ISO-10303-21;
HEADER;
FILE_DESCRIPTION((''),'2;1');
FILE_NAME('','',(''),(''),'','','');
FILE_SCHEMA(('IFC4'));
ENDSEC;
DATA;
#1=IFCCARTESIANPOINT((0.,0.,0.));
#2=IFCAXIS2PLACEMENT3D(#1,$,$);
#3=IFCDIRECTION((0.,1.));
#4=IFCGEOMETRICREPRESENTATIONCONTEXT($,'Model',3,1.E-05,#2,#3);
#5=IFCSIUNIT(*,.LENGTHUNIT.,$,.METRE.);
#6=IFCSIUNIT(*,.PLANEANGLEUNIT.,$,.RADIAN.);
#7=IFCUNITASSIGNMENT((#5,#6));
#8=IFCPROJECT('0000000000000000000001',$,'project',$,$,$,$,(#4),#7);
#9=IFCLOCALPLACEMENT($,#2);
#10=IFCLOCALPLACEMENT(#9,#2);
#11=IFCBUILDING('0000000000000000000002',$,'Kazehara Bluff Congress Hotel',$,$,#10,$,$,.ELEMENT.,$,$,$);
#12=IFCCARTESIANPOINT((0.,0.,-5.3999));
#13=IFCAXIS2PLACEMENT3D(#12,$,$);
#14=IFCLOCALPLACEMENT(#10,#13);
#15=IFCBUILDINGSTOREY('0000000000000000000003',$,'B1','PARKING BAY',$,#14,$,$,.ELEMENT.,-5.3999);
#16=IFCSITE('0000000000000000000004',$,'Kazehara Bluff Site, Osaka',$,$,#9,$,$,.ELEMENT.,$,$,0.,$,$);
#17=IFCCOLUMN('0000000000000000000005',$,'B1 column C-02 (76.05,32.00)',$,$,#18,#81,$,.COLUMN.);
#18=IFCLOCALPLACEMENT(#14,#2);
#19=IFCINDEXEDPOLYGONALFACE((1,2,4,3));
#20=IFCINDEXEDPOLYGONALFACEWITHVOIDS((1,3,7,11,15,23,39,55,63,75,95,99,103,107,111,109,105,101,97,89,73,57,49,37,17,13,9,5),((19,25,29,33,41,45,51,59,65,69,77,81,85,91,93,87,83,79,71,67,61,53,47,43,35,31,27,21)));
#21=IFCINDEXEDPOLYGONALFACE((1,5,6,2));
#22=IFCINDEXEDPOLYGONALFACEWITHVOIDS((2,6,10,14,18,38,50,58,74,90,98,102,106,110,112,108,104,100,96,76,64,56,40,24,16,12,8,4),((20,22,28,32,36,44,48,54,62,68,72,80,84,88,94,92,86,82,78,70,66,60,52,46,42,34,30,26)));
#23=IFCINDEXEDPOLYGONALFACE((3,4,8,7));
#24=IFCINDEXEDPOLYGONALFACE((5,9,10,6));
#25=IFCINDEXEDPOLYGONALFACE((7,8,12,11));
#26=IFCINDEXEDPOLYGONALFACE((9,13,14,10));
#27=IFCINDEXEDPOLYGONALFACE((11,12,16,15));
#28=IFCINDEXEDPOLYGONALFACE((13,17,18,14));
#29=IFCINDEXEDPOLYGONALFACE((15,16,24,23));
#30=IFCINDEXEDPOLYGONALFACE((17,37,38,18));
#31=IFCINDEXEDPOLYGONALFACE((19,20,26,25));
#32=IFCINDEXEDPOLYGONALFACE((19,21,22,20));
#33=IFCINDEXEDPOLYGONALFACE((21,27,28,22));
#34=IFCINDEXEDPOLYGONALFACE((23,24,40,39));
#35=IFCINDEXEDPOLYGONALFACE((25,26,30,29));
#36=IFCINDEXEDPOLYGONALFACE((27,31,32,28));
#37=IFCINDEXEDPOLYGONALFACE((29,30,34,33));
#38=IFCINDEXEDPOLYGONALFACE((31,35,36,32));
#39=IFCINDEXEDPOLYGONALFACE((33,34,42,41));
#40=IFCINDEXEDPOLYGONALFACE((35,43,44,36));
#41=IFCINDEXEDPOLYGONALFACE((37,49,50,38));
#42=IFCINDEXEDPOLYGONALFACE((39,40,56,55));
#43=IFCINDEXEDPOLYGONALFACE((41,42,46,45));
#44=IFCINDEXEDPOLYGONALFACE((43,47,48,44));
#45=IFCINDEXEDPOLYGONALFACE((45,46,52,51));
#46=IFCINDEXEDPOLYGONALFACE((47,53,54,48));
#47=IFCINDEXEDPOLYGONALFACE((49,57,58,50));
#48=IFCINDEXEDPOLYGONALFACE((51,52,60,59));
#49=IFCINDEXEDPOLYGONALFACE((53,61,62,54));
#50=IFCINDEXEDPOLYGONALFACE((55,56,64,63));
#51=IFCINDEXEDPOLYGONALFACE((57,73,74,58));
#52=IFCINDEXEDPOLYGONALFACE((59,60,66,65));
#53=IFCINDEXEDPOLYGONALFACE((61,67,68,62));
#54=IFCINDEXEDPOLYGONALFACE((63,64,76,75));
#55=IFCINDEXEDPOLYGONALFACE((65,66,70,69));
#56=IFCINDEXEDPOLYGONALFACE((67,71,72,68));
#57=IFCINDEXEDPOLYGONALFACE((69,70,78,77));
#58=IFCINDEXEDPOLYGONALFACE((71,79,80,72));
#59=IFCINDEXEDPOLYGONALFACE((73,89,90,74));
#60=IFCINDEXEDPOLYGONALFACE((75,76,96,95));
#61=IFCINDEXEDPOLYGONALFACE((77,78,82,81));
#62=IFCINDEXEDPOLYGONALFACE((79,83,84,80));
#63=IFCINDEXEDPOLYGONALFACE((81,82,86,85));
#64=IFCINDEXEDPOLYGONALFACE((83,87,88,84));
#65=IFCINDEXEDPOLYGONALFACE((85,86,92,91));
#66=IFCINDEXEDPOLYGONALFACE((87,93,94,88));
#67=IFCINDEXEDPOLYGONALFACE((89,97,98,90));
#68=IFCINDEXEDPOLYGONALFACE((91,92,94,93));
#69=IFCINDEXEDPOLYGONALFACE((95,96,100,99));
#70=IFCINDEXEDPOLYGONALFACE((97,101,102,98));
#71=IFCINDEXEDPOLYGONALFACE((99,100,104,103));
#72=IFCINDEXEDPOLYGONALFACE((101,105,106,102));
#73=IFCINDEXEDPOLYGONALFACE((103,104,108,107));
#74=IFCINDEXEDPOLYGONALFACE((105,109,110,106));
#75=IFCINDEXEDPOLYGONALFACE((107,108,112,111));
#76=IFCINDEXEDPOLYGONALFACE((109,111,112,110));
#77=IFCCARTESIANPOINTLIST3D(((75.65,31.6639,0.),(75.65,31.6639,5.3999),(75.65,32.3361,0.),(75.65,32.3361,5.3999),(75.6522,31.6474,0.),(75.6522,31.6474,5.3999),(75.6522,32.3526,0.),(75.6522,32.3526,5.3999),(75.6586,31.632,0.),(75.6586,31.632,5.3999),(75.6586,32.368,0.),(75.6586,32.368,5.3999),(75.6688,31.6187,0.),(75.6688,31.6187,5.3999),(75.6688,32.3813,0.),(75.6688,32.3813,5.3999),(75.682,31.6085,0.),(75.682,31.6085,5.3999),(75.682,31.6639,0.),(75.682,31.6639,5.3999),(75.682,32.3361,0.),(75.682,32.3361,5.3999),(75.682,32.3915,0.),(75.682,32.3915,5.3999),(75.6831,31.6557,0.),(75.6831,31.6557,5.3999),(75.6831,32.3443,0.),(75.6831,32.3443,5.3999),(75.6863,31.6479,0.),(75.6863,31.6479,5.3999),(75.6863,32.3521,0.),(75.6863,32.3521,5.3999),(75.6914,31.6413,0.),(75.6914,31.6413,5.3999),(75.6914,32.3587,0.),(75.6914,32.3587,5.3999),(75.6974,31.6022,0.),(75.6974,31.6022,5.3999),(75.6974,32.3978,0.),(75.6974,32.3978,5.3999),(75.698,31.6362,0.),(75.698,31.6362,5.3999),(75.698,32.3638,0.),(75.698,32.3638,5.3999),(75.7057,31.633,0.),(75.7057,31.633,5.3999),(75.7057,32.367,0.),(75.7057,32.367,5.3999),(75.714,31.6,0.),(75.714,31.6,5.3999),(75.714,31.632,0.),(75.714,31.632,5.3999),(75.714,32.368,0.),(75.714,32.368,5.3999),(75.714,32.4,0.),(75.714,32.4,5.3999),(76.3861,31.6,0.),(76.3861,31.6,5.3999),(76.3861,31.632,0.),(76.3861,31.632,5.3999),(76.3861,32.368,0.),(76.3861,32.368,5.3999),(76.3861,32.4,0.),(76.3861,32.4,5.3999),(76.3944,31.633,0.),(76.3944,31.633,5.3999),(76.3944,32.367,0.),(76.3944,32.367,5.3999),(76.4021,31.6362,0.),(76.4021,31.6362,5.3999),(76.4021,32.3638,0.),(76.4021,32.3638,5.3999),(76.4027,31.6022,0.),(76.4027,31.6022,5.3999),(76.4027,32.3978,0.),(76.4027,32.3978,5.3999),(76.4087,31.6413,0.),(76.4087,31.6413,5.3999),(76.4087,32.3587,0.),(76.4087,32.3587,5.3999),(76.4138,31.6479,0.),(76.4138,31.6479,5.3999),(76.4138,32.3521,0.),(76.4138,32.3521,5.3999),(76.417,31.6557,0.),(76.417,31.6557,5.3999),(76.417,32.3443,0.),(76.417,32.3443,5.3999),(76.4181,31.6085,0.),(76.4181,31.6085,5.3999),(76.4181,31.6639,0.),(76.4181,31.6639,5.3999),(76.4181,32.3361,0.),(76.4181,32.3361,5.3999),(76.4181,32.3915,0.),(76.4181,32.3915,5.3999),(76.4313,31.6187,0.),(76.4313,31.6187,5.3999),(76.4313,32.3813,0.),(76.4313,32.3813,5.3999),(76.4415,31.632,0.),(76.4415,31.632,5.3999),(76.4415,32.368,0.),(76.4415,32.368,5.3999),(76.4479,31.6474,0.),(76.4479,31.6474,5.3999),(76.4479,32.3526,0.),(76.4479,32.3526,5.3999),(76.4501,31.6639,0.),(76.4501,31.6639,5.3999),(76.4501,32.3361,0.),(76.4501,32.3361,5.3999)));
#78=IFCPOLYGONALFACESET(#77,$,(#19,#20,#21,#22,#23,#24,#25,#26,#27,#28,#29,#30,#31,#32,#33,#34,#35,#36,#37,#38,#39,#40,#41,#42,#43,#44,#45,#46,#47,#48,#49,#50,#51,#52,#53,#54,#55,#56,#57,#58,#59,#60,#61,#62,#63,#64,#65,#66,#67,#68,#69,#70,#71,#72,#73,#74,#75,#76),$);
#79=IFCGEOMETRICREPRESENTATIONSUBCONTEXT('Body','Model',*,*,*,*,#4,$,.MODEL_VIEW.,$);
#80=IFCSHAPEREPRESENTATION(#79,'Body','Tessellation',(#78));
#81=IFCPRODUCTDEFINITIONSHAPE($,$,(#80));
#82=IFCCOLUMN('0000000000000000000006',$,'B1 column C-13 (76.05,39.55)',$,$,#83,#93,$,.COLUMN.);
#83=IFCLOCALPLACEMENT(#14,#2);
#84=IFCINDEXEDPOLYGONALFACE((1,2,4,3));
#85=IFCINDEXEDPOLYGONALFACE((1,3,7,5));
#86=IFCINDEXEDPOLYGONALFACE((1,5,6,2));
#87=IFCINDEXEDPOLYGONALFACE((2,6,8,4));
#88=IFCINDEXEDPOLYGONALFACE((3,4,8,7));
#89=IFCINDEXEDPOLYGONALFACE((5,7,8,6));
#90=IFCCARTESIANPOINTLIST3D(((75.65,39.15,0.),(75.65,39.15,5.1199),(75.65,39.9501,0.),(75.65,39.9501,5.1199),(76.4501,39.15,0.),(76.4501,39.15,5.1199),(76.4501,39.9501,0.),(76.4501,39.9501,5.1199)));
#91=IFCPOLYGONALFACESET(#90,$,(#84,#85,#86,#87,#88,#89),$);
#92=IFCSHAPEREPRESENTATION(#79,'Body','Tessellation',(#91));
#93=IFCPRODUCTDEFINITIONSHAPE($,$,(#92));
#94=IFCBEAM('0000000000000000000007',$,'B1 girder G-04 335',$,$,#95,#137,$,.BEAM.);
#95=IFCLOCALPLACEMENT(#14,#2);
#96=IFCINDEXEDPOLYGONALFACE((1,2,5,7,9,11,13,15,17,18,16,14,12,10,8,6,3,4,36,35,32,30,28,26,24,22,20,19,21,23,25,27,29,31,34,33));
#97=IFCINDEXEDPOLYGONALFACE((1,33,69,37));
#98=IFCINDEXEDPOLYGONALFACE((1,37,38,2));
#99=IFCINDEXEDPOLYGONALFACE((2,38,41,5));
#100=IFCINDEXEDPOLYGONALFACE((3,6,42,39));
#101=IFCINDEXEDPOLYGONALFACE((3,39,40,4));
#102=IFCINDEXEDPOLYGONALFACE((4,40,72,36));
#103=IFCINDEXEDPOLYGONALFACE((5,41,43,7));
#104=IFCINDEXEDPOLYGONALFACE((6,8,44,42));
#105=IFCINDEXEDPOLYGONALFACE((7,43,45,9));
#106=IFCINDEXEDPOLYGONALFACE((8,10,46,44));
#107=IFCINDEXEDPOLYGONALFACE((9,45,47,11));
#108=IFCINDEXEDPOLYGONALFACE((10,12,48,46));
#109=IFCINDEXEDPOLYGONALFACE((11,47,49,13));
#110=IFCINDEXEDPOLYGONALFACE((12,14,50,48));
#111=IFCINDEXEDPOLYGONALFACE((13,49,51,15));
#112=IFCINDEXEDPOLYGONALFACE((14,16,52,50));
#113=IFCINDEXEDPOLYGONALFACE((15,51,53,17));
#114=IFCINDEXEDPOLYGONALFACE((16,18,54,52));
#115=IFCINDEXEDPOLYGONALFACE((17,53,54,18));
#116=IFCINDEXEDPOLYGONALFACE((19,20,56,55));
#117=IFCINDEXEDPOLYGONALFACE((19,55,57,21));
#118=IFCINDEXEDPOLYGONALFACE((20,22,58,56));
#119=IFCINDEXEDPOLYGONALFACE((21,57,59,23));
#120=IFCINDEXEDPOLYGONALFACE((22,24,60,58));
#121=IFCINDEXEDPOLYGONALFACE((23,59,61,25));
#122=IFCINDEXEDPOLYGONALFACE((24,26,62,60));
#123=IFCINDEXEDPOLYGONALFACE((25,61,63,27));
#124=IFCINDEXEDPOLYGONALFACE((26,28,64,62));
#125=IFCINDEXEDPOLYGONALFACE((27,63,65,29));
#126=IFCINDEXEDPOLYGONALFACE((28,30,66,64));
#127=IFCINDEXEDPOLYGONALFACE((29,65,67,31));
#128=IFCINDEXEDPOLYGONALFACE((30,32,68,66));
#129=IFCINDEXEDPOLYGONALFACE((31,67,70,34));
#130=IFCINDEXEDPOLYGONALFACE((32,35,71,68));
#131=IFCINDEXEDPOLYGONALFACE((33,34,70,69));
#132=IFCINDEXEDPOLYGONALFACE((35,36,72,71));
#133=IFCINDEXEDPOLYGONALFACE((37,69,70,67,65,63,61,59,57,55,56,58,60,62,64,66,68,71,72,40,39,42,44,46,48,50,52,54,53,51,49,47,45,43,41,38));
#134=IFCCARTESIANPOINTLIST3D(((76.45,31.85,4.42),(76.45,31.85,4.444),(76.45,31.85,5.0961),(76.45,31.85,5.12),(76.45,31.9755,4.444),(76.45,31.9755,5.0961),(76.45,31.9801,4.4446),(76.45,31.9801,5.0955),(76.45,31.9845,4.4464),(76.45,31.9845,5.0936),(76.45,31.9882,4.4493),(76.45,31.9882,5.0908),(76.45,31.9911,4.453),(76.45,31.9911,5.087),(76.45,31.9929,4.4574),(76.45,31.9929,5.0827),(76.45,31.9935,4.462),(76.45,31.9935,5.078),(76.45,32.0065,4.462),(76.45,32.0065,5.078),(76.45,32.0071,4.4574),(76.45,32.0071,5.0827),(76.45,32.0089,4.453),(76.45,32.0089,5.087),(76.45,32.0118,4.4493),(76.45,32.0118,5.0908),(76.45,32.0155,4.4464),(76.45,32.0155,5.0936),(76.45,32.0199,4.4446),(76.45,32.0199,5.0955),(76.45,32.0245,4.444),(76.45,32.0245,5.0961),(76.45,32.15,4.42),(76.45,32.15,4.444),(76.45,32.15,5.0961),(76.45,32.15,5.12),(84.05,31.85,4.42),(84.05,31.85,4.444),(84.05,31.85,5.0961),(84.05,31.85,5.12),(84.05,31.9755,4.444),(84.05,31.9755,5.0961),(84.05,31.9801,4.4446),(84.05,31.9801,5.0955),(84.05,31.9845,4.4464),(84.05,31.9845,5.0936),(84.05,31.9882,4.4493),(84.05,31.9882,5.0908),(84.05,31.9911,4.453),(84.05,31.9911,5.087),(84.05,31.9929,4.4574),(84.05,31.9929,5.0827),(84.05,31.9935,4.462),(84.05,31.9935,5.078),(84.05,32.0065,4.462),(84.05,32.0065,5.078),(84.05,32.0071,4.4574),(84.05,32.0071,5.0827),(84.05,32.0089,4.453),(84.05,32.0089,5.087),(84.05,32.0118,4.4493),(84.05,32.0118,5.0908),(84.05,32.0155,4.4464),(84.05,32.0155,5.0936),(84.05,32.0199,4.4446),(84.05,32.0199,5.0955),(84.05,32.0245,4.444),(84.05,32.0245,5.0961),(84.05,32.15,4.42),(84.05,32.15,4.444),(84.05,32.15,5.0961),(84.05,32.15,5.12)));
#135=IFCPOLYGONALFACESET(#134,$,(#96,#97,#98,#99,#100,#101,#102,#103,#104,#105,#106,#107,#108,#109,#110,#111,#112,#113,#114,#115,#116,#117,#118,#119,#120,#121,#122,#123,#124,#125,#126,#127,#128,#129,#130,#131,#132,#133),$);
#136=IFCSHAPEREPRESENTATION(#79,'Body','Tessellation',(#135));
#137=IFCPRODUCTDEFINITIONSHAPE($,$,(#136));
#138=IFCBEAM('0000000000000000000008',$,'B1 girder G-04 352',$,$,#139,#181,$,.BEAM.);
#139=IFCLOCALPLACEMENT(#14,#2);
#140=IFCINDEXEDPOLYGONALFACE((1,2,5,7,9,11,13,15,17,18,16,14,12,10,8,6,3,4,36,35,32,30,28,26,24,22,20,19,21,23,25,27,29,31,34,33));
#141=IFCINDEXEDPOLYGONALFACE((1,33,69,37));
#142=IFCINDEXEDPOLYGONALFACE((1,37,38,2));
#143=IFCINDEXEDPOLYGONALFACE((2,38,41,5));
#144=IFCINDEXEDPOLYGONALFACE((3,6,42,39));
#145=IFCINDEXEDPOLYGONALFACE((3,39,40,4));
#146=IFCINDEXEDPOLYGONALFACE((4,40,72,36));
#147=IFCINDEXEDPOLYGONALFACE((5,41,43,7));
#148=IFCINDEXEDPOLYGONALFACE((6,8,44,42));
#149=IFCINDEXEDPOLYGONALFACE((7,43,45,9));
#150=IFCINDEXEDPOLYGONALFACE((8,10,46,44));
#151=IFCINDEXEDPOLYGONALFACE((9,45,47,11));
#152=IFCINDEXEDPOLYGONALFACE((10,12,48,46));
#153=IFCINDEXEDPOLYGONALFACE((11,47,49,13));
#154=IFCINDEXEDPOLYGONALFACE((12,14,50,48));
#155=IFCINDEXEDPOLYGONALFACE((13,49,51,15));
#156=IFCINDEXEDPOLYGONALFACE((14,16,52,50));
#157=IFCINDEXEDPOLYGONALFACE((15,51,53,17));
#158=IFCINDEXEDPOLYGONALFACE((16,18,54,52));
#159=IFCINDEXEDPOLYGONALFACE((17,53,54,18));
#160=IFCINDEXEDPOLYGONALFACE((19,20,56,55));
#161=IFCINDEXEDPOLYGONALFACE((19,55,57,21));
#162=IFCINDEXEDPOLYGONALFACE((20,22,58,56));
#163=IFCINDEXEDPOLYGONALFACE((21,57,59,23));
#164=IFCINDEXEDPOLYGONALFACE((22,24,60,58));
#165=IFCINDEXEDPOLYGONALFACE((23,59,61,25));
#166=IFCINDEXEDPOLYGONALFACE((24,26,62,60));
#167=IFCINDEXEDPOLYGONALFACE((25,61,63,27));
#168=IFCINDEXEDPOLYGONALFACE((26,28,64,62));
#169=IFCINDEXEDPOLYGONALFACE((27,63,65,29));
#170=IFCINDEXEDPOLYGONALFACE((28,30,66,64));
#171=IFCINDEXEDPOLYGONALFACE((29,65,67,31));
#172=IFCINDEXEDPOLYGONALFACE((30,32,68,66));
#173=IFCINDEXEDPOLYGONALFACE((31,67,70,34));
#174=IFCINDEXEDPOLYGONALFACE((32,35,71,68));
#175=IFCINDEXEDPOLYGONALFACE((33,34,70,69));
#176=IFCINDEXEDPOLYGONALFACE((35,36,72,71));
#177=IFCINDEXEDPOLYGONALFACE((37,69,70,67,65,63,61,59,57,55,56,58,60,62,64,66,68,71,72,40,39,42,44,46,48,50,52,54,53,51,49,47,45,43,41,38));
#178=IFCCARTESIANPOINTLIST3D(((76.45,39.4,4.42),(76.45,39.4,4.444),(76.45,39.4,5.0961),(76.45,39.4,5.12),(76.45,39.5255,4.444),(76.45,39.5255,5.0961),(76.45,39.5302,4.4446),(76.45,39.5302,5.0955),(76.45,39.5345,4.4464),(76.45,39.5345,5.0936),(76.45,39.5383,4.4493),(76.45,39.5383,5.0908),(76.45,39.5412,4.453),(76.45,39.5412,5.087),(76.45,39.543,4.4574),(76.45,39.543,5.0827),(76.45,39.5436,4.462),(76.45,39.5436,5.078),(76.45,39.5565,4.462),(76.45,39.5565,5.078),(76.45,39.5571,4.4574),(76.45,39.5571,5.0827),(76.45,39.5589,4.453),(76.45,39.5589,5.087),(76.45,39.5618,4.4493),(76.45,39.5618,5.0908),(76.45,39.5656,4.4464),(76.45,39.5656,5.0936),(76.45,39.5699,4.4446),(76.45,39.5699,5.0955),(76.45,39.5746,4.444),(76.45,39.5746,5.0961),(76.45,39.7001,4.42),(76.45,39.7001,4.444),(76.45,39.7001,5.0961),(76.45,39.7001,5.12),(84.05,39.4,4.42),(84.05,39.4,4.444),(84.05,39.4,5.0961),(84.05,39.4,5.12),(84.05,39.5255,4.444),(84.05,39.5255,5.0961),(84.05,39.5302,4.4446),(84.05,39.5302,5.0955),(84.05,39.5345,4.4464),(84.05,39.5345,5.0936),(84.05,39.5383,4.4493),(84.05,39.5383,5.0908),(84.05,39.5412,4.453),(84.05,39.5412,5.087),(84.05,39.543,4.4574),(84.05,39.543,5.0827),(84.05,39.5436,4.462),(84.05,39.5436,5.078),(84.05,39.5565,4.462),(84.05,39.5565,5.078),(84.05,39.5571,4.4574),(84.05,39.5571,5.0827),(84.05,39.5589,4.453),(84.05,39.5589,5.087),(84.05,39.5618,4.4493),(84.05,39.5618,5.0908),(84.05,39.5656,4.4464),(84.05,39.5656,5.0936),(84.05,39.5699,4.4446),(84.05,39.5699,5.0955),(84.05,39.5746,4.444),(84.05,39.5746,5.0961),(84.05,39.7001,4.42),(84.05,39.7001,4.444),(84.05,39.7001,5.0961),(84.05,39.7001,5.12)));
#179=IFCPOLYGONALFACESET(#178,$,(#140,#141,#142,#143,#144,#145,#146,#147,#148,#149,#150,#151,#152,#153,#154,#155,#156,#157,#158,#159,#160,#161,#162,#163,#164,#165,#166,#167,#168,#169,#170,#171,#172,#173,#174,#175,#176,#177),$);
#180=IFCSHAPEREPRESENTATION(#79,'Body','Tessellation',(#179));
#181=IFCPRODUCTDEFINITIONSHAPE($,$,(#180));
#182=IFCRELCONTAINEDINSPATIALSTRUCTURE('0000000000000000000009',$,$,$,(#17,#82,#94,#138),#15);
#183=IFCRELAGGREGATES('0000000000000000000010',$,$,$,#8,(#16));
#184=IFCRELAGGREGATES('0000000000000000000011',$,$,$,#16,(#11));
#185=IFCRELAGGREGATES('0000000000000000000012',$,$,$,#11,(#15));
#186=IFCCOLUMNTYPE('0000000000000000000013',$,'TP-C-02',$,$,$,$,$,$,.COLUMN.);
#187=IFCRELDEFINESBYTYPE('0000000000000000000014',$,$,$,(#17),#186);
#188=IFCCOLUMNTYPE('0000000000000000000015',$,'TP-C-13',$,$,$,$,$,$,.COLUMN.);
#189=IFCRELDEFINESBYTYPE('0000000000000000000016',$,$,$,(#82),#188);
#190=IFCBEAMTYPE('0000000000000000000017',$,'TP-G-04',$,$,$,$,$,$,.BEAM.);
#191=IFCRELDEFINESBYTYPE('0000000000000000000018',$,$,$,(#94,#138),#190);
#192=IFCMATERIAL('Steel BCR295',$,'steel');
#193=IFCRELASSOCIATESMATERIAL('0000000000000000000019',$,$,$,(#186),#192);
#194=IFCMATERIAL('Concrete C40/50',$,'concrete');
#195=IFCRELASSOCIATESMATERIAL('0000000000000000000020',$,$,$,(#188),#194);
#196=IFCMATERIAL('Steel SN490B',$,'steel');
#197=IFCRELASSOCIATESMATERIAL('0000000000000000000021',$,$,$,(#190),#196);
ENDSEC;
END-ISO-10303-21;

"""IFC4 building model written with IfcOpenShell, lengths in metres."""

from ifc_helpers import new_model, si_unit, direction, frame, origin, origin_2d, place, context, subcontext, project, spatial, rectangle, hollow_rectangle, i_section, extrude, material, material_profile, profile_set, type_object, element, save


model = new_model("IFC4")

# Units and contexts
model_context = context("Model", 3, precision=1e-05, world=origin(), true_north=direction((0.0, 1.0)))
body_context = subcontext(model_context, "Body", "Model", "MODEL_VIEW")
ifc_project = project(units=[si_unit("LENGTHUNIT", "METRE"), si_unit("PLANEANGLEUNIT", "RADIAN")], contexts=[model_context])

# Site, building, storey
site_placement = place(None, origin())
site = spatial("IfcSite", under=ifc_project, at=site_placement, Name="Kazehara Bluff Site, Osaka", CompositionType="ELEMENT", RefElevation=0.0)
building_placement = place(site_placement, origin())
building = spatial("IfcBuilding", under=site, at=building_placement, Name="Kazehara Bluff Congress Hotel", CompositionType="ELEMENT")
storey_placement = place(building_placement, frame((0.0, 0.0, -5.3999)))
storey = spatial("IfcBuildingStorey", under=building, at=storey_placement, Name="B1", Description="PARKING BAY", CompositionType="ELEMENT", Elevation=-5.3999)

# Columns
ifc_material_1 = material(Name="Steel BCR295", Category="steel")
ifc_material_profile_1 = material_profile(ifc_material_1, hollow_rectangle(XDim=0.8, YDim=0.8, WallThickness=0.032, InnerFilletRadius=0.032, OuterFilletRadius=0.064, at=origin_2d()))
ifc_profile_set_1 = profile_set([ifc_material_profile_1], Name="Steel BCR295")
column_type_1 = type_object("IfcColumnType", Name="TP-C-02", PredefinedType="COLUMN", material=ifc_profile_set_1)
column_1_placement = place(storey_placement, frame((76.05, 32.0, 0.0), z_axis=(0.0, 0.0, 1.0), x_axis=(1.0, 0.0, 0.0)))
element("IfcColumn", 1, at=column_1_placement, inside=storey, type_object=column_type_1, Name="B1 column C-02 (76.05,32.00)", PredefinedType="COLUMN", context=body_context, shape_type="SweptSolid", body=[
    extrude(hollow_rectangle(XDim=0.8, YDim=0.8, WallThickness=0.032, InnerFilletRadius=0.032, OuterFilletRadius=0.064, at=origin_2d()), origin(), (0.0, 0.0, 1.0), 5.3999),
])
ifc_material_2 = material(Name="Concrete C40/50", Category="concrete")
ifc_material_profile_2 = material_profile(ifc_material_2, rectangle(XDim=0.8, YDim=0.8, at=origin_2d()))
ifc_profile_set_2 = profile_set([ifc_material_profile_2], Name="Concrete C40/50")
column_type_2 = type_object("IfcColumnType", Name="TP-C-13", PredefinedType="COLUMN", material=ifc_profile_set_2)
column_2_placement = place(storey_placement, frame((76.05, 39.55, 0.0), z_axis=(0.0, 0.0, 1.0), x_axis=(1.0, 0.0, 0.0)))
element("IfcColumn", 2, at=column_2_placement, inside=storey, type_object=column_type_2, Name="B1 column C-13 (76.05,39.55)", PredefinedType="COLUMN", context=body_context, shape_type="SweptSolid", body=[
    extrude(rectangle(XDim=0.8, YDim=0.8, at=origin_2d()), origin(), (0.0, 0.0, 1.0), 5.1199),
])

# Beams
ifc_material_3 = material(Name="Steel SN490B", Category="steel")
ifc_material_profile_3 = material_profile(ifc_material_3, i_section(OverallWidth=0.3, OverallDepth=0.7, WebThickness=0.0129, FlangeThickness=0.0239, FilletRadius=0.0181, at=origin_2d()))
ifc_profile_set_3 = profile_set([ifc_material_profile_3], Name="Steel SN490B")
beam_type_1 = type_object("IfcBeamType", Name="TP-G-04", PredefinedType="BEAM", material=ifc_profile_set_3)
for number, where, z_axis, x_axis, name in (
    (3, (76.45, 32.0, 4.77), (1.0, 0.0, 0.0), (0.0, 1.0, 0.0), "B1 girder G-04 335"),
    (4, (76.45, 39.55, 4.77), (1.0, 0.0, 0.0), (0.0, 1.0, 0.0), "B1 girder G-04 352"),
):
    element("IfcBeam", number, at=place(storey_placement, frame(where, z_axis=z_axis, x_axis=x_axis)), inside=storey, type_object=beam_type_1, Name=name, PredefinedType="BEAM", context=body_context, shape_type="SweptSolid", body=[
        extrude(i_section(OverallWidth=0.3, OverallDepth=0.7, WebThickness=0.0129, FlangeThickness=0.0239, FilletRadius=0.0181, at=origin_2d()), origin(), (0.0, 0.0, 1.0), 7.6001),
    ])

save(model, "model.ifc")
